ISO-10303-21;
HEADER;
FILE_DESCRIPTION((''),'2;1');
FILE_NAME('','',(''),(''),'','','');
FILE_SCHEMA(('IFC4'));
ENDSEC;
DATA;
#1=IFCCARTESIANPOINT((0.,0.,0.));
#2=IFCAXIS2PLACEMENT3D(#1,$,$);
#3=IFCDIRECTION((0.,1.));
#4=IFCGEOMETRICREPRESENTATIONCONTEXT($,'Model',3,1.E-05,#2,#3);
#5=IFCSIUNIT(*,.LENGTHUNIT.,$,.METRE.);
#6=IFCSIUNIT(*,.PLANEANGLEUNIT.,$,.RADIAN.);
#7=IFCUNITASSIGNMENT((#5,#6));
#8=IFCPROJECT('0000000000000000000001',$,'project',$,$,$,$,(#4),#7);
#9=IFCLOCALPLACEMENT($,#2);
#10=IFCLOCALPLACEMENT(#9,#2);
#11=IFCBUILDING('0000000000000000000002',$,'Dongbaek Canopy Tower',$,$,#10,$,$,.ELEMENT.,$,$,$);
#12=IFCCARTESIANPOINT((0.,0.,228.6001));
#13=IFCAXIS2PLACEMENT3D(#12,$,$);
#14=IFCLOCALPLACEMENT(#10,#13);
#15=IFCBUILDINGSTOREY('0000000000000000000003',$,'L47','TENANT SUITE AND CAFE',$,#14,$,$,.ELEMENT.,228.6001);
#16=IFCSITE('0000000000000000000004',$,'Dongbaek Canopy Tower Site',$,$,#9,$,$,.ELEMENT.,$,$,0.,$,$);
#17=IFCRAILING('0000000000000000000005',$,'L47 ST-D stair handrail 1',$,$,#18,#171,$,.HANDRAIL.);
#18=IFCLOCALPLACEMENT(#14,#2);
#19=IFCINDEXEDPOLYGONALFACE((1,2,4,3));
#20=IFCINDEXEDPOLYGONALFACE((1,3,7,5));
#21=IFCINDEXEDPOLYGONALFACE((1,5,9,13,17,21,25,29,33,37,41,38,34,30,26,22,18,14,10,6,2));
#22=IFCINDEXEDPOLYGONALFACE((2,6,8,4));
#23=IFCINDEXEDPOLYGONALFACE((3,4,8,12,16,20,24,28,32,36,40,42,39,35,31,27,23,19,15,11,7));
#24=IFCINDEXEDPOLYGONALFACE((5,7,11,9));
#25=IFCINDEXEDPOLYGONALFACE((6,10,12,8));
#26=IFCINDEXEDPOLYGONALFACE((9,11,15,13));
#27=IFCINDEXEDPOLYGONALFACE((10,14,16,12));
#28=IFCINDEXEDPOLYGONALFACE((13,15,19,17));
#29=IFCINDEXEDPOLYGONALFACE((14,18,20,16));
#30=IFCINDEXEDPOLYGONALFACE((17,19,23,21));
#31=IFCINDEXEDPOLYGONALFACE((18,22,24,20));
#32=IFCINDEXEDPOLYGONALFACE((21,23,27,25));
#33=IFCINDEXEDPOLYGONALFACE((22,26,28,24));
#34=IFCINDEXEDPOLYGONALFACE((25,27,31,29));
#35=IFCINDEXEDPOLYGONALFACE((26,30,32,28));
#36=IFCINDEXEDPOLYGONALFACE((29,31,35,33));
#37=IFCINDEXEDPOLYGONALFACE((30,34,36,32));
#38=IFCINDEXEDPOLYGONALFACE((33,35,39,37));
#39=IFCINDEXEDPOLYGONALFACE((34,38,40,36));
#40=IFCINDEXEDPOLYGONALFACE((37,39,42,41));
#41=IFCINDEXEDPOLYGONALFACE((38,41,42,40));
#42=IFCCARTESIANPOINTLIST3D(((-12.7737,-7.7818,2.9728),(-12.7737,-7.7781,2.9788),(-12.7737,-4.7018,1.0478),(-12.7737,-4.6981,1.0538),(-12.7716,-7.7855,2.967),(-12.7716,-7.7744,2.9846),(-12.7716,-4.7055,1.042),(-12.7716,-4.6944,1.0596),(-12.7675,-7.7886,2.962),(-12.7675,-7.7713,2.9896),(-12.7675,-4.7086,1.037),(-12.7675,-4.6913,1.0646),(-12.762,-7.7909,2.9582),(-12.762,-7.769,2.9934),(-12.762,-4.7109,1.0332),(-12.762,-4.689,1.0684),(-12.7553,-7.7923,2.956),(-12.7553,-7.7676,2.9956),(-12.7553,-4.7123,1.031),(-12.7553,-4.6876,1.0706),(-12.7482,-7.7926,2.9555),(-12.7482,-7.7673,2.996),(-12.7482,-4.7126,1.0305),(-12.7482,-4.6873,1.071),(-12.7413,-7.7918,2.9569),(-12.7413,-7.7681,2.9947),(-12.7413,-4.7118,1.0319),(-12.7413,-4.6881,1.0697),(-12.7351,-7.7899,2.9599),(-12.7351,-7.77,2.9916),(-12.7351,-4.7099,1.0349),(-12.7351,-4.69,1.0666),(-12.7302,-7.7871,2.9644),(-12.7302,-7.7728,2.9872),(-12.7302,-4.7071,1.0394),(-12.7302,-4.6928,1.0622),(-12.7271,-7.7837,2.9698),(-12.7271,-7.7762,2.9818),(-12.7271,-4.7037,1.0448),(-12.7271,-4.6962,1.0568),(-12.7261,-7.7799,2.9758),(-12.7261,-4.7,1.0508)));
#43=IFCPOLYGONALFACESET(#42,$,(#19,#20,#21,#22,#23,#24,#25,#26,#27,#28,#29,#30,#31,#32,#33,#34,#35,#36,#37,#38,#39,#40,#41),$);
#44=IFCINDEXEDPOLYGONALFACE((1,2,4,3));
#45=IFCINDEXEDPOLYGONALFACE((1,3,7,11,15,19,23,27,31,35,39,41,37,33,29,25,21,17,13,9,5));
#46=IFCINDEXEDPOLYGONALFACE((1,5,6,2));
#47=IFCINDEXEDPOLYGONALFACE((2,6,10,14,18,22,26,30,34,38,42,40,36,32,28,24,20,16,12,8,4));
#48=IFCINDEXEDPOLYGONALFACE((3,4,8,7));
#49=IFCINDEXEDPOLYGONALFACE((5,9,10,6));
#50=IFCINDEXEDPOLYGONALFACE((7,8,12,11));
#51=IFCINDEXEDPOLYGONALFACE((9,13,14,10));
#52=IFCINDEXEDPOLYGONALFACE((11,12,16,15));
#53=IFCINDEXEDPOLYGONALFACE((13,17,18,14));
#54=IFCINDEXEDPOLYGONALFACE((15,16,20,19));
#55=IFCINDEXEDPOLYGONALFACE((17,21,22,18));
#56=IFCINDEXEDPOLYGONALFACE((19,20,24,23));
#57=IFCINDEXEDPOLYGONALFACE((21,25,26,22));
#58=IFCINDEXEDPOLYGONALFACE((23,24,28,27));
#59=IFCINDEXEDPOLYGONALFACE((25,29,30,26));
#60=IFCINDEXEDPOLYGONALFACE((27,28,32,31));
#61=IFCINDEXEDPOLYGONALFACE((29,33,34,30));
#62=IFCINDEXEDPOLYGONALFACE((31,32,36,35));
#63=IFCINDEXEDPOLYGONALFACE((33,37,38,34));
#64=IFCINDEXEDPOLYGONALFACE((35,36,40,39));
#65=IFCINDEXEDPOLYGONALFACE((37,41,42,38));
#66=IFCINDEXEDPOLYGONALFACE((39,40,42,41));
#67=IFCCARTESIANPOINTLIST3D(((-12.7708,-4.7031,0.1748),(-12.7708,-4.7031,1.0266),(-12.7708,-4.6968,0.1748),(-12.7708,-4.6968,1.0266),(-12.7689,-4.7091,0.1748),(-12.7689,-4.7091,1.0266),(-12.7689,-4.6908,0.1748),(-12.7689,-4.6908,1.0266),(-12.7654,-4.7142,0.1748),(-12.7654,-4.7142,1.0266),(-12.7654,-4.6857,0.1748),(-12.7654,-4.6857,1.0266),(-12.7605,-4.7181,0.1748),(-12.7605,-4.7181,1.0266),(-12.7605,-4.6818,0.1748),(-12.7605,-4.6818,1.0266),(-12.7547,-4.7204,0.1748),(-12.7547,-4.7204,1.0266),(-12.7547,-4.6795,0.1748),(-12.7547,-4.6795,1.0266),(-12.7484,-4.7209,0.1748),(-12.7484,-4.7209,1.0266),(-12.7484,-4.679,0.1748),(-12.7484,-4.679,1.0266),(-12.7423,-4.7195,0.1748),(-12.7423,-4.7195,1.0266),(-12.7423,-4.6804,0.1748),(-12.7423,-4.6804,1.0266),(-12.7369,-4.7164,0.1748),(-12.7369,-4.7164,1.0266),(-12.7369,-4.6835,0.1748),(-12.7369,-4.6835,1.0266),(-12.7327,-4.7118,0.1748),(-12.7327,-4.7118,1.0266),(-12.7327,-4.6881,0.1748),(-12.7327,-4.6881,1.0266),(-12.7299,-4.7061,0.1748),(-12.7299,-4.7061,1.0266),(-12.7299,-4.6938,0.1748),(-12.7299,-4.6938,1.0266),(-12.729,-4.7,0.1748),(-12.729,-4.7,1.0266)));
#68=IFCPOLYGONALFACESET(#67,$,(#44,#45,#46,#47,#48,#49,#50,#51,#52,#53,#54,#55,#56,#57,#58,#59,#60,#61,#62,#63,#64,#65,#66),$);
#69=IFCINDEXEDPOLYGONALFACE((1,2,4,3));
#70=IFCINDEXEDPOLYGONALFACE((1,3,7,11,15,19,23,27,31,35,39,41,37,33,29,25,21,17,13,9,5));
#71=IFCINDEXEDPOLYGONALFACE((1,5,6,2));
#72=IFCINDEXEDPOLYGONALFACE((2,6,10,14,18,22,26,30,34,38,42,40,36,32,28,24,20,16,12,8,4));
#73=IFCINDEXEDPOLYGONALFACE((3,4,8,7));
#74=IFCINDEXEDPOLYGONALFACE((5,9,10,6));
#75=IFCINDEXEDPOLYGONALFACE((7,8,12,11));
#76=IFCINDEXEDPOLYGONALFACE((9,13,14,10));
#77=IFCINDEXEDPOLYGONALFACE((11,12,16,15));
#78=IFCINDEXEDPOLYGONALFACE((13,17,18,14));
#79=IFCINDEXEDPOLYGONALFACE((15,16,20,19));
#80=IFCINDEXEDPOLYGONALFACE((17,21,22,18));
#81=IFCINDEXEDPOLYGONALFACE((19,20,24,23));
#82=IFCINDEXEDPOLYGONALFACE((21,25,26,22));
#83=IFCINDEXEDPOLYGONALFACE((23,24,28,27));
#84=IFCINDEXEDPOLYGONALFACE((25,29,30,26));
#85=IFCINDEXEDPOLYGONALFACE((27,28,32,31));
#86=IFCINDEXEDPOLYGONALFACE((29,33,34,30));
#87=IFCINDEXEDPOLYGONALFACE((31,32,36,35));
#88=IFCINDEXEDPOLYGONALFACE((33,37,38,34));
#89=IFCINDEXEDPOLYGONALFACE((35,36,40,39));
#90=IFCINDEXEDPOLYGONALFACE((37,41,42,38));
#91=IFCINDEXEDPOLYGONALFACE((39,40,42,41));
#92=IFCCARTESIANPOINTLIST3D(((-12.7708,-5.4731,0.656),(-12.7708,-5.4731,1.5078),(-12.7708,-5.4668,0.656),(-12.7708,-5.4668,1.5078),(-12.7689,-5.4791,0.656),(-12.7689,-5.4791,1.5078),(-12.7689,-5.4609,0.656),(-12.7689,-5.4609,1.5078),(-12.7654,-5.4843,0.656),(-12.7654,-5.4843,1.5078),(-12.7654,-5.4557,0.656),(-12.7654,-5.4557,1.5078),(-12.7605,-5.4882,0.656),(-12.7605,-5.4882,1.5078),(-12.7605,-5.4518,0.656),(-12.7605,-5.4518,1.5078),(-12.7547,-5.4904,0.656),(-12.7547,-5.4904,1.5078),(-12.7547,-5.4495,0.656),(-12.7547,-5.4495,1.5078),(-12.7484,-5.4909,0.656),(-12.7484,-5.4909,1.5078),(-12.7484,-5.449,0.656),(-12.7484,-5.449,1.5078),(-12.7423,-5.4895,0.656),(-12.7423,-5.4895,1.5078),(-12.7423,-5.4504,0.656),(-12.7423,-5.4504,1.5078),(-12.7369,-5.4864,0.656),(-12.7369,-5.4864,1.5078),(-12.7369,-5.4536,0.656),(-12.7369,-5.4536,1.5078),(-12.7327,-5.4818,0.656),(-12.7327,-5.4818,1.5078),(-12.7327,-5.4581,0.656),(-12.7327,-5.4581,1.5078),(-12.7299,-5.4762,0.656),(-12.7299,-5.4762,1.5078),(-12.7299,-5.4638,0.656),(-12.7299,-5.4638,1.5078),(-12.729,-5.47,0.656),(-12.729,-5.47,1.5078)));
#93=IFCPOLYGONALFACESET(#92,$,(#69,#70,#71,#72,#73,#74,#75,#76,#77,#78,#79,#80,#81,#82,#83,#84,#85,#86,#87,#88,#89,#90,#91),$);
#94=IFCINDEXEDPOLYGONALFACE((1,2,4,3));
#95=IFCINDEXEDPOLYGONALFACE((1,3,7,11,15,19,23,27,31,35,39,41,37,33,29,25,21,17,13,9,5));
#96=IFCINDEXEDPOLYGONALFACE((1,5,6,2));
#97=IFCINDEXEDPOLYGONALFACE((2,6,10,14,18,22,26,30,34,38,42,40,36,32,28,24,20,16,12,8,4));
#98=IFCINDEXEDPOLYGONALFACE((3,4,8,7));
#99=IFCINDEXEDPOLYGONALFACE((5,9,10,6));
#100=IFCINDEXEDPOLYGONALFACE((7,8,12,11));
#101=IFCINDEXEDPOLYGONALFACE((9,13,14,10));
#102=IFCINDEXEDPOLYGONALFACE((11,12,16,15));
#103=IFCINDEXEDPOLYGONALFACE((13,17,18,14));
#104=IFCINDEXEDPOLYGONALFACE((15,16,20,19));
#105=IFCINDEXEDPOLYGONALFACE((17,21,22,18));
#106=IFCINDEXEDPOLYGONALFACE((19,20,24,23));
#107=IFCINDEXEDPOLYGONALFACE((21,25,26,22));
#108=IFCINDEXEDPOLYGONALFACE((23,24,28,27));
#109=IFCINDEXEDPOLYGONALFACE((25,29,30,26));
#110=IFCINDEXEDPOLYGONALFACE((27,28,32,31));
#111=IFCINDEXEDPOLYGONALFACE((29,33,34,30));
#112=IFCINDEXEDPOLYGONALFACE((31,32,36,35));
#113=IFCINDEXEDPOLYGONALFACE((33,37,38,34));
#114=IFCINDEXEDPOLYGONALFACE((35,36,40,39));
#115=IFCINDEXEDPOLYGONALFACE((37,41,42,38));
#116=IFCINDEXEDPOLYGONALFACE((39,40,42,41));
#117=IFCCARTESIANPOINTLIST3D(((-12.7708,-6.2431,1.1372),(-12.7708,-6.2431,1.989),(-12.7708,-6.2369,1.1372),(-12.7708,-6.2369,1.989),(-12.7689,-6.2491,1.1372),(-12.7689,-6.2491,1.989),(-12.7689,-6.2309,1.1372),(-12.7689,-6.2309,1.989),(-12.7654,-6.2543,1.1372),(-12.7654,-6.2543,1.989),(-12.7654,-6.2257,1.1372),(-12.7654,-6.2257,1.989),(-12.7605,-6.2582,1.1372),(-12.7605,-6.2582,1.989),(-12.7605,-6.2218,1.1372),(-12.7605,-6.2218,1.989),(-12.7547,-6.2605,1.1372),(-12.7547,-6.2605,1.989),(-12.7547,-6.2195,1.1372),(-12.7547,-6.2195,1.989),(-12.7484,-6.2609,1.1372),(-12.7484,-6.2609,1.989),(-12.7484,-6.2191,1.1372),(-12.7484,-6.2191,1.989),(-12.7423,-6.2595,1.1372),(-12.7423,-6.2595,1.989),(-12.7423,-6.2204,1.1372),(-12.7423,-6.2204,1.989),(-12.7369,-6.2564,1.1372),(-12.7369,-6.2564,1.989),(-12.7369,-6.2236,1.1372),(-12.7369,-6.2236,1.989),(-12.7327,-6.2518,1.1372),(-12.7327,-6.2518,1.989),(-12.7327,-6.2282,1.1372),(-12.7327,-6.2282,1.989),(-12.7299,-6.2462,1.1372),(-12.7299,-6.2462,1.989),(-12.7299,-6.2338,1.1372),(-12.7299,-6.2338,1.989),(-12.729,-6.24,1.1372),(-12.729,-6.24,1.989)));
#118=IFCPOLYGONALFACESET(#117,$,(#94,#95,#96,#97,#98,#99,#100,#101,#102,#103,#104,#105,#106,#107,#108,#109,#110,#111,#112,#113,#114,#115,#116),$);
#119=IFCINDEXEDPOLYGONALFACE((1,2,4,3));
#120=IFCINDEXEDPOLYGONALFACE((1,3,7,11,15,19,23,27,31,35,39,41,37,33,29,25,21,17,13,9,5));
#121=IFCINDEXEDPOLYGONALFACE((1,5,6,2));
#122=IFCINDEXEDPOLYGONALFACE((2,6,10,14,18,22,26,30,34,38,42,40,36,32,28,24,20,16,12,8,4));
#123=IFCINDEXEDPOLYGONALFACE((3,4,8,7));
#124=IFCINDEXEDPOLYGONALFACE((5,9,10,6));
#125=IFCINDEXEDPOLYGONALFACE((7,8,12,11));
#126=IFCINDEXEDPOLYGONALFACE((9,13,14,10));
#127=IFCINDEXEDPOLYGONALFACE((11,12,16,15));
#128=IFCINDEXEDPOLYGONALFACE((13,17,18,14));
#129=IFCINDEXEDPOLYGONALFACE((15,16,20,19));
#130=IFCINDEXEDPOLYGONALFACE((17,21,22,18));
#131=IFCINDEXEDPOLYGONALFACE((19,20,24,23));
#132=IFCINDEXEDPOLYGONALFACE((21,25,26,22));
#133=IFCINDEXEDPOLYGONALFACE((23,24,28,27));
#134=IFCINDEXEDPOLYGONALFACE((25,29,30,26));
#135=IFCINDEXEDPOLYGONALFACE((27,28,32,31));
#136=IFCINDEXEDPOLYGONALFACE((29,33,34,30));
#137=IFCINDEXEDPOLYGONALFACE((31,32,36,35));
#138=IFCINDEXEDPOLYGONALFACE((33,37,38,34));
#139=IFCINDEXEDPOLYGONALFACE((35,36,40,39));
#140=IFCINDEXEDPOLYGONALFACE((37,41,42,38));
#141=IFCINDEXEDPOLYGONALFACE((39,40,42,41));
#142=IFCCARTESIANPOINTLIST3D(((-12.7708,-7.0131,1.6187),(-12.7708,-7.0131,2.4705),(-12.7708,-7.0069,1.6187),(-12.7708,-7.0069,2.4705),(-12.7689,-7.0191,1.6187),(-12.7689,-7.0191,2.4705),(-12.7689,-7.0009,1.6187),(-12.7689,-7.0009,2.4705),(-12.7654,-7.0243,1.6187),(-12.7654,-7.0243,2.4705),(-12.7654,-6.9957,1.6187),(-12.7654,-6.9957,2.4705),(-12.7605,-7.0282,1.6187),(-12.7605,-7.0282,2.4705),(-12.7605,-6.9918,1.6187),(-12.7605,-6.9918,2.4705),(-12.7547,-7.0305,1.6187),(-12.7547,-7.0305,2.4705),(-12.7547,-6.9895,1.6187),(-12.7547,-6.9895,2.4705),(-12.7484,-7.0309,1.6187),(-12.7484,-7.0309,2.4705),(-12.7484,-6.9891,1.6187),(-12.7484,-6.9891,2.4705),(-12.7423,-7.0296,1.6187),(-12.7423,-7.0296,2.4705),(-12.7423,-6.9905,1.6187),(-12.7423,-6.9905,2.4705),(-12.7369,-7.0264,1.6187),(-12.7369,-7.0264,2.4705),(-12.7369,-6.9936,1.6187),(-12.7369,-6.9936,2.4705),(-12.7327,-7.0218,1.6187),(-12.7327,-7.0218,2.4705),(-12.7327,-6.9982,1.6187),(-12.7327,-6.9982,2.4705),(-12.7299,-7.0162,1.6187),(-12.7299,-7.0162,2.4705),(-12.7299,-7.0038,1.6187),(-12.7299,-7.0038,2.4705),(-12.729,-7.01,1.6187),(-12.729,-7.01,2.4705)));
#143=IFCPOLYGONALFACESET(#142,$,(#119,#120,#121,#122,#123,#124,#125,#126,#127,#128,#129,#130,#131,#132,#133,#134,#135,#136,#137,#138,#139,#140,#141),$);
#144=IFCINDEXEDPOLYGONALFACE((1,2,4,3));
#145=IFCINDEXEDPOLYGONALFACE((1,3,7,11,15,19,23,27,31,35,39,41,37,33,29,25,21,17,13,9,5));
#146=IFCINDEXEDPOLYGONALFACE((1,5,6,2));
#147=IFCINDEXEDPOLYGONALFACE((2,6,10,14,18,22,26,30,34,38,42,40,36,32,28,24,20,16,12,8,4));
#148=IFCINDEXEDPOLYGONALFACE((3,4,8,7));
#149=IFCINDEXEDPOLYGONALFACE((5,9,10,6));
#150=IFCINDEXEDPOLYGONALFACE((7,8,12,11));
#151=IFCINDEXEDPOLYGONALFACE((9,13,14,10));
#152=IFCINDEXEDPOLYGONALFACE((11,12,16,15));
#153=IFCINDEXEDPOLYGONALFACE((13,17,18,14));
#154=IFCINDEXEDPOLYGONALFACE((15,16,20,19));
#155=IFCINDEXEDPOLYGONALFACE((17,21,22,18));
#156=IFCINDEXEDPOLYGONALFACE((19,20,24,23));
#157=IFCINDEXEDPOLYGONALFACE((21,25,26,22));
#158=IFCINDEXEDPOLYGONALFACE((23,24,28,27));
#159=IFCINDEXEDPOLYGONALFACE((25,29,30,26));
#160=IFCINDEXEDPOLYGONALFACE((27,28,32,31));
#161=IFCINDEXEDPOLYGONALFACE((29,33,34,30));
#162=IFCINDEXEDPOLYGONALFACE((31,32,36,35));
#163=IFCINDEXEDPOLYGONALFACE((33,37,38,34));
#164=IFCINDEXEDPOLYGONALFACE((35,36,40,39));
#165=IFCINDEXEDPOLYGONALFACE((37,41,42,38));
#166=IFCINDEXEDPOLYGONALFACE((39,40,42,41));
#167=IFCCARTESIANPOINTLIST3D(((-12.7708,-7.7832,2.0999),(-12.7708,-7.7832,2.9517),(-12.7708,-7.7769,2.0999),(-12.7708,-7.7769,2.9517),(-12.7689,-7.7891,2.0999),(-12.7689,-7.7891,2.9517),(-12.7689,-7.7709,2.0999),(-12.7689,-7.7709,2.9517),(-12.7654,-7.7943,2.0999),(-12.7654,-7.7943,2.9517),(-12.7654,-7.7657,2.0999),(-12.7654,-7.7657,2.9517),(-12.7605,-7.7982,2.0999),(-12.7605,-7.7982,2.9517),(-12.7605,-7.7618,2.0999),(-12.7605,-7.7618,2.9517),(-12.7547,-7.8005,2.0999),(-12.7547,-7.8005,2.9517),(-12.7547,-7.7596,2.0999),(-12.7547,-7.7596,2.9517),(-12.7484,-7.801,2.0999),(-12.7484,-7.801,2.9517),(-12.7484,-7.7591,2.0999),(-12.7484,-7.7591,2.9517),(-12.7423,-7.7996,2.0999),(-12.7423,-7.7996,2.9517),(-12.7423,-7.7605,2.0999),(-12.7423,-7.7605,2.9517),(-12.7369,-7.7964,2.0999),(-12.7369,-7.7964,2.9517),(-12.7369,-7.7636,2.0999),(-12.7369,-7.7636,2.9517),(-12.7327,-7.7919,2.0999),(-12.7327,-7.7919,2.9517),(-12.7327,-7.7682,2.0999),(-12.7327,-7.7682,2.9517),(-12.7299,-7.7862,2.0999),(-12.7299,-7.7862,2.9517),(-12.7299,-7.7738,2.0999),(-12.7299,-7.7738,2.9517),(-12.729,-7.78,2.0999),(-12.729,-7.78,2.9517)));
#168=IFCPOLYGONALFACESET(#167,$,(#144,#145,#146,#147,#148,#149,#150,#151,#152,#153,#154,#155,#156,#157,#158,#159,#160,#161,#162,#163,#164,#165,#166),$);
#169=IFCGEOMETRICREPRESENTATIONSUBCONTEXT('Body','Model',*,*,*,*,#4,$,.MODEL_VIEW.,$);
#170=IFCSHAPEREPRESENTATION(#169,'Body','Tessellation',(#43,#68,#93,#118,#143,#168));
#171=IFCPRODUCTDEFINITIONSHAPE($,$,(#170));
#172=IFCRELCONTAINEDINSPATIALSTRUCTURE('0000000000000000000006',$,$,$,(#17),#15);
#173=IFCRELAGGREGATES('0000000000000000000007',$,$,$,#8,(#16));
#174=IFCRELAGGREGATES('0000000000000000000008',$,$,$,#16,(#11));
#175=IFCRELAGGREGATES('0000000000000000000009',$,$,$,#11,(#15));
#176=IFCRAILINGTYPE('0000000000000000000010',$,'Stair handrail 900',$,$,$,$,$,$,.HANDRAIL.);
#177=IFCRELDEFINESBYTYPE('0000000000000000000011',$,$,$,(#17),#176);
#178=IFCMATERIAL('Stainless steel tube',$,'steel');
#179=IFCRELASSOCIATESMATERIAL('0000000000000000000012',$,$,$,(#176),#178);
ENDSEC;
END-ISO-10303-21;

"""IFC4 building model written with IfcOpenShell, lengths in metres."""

from ifc_helpers import new_model, si_unit, direction, frame, origin, origin_2d, place, context, subcontext, project, spatial, circle, extrude, material, type_object, element, save


model = new_model("IFC4")

# Units and contexts
model_context = context("Model", 3, precision=1e-05, world=origin(), true_north=direction((0.0, 1.0)))
body_context = subcontext(model_context, "Body", "Model", "MODEL_VIEW")
ifc_project = project(units=[si_unit("LENGTHUNIT", "METRE"), si_unit("PLANEANGLEUNIT", "RADIAN")], contexts=[model_context])

# Site, building, storey
site_placement = place(None, origin())
site = spatial("IfcSite", under=ifc_project, at=site_placement, Name="Dongbaek Canopy Tower Site", CompositionType="ELEMENT", RefElevation=0.0)
building_placement = place(site_placement, origin())
building = spatial("IfcBuilding", under=site, at=building_placement, Name="Dongbaek Canopy Tower", CompositionType="ELEMENT")
storey_placement = place(building_placement, frame((0.0, 0.0, 228.6001)))
storey = spatial("IfcBuildingStorey", under=building, at=storey_placement, Name="L47", Description="TENANT SUITE AND CAFE", CompositionType="ELEMENT", Elevation=228.6001)

# Railing
ifc_material_1 = material(Name="Stainless steel tube", Category="steel")
railing_type_1 = type_object("IfcRailingType", Name="Stair handrail 900", PredefinedType="HANDRAIL", material=ifc_material_1)
railing_1_placement = place(storey_placement, frame((-12.75, -4.7, 0.1748)))
element("IfcRailing", 1, at=railing_1_placement, inside=storey, type_object=railing_type_1, Name="L47 ST-D stair handrail 1", PredefinedType="HANDRAIL", context=body_context, shape_type="SweptSolid", body=[
    extrude(circle(Radius=0.0239, at=origin_2d()), frame((0.0, 0.0, 0.876), z_axis=(0.0, -0.847998, 0.529999), x_axis=(1.0, 0.0, 0.0)), (0.0, 0.0, 1.0), 3.6321),
    extrude(circle(Radius=0.021, at=origin_2d()), origin(), (0.0, 0.0, 1.0), 0.8518),
    extrude(circle(Radius=0.021, at=origin_2d()), frame((0.0, -0.77, 0.4812)), (0.0, 0.0, 1.0), 0.8518),
    extrude(circle(Radius=0.021, at=origin_2d()), frame((0.0, -1.54, 0.9624)), (0.0, 0.0, 1.0), 0.8518),
    extrude(circle(Radius=0.021, at=origin_2d()), frame((0.0, -2.3101, 1.4438)), (0.0, 0.0, 1.0), 0.8518),
    extrude(circle(Radius=0.021, at=origin_2d()), frame((0.0, -3.0801, 1.925)), (0.0, 0.0, 1.0), 0.8518),
])

save(model, "model.ifc")
